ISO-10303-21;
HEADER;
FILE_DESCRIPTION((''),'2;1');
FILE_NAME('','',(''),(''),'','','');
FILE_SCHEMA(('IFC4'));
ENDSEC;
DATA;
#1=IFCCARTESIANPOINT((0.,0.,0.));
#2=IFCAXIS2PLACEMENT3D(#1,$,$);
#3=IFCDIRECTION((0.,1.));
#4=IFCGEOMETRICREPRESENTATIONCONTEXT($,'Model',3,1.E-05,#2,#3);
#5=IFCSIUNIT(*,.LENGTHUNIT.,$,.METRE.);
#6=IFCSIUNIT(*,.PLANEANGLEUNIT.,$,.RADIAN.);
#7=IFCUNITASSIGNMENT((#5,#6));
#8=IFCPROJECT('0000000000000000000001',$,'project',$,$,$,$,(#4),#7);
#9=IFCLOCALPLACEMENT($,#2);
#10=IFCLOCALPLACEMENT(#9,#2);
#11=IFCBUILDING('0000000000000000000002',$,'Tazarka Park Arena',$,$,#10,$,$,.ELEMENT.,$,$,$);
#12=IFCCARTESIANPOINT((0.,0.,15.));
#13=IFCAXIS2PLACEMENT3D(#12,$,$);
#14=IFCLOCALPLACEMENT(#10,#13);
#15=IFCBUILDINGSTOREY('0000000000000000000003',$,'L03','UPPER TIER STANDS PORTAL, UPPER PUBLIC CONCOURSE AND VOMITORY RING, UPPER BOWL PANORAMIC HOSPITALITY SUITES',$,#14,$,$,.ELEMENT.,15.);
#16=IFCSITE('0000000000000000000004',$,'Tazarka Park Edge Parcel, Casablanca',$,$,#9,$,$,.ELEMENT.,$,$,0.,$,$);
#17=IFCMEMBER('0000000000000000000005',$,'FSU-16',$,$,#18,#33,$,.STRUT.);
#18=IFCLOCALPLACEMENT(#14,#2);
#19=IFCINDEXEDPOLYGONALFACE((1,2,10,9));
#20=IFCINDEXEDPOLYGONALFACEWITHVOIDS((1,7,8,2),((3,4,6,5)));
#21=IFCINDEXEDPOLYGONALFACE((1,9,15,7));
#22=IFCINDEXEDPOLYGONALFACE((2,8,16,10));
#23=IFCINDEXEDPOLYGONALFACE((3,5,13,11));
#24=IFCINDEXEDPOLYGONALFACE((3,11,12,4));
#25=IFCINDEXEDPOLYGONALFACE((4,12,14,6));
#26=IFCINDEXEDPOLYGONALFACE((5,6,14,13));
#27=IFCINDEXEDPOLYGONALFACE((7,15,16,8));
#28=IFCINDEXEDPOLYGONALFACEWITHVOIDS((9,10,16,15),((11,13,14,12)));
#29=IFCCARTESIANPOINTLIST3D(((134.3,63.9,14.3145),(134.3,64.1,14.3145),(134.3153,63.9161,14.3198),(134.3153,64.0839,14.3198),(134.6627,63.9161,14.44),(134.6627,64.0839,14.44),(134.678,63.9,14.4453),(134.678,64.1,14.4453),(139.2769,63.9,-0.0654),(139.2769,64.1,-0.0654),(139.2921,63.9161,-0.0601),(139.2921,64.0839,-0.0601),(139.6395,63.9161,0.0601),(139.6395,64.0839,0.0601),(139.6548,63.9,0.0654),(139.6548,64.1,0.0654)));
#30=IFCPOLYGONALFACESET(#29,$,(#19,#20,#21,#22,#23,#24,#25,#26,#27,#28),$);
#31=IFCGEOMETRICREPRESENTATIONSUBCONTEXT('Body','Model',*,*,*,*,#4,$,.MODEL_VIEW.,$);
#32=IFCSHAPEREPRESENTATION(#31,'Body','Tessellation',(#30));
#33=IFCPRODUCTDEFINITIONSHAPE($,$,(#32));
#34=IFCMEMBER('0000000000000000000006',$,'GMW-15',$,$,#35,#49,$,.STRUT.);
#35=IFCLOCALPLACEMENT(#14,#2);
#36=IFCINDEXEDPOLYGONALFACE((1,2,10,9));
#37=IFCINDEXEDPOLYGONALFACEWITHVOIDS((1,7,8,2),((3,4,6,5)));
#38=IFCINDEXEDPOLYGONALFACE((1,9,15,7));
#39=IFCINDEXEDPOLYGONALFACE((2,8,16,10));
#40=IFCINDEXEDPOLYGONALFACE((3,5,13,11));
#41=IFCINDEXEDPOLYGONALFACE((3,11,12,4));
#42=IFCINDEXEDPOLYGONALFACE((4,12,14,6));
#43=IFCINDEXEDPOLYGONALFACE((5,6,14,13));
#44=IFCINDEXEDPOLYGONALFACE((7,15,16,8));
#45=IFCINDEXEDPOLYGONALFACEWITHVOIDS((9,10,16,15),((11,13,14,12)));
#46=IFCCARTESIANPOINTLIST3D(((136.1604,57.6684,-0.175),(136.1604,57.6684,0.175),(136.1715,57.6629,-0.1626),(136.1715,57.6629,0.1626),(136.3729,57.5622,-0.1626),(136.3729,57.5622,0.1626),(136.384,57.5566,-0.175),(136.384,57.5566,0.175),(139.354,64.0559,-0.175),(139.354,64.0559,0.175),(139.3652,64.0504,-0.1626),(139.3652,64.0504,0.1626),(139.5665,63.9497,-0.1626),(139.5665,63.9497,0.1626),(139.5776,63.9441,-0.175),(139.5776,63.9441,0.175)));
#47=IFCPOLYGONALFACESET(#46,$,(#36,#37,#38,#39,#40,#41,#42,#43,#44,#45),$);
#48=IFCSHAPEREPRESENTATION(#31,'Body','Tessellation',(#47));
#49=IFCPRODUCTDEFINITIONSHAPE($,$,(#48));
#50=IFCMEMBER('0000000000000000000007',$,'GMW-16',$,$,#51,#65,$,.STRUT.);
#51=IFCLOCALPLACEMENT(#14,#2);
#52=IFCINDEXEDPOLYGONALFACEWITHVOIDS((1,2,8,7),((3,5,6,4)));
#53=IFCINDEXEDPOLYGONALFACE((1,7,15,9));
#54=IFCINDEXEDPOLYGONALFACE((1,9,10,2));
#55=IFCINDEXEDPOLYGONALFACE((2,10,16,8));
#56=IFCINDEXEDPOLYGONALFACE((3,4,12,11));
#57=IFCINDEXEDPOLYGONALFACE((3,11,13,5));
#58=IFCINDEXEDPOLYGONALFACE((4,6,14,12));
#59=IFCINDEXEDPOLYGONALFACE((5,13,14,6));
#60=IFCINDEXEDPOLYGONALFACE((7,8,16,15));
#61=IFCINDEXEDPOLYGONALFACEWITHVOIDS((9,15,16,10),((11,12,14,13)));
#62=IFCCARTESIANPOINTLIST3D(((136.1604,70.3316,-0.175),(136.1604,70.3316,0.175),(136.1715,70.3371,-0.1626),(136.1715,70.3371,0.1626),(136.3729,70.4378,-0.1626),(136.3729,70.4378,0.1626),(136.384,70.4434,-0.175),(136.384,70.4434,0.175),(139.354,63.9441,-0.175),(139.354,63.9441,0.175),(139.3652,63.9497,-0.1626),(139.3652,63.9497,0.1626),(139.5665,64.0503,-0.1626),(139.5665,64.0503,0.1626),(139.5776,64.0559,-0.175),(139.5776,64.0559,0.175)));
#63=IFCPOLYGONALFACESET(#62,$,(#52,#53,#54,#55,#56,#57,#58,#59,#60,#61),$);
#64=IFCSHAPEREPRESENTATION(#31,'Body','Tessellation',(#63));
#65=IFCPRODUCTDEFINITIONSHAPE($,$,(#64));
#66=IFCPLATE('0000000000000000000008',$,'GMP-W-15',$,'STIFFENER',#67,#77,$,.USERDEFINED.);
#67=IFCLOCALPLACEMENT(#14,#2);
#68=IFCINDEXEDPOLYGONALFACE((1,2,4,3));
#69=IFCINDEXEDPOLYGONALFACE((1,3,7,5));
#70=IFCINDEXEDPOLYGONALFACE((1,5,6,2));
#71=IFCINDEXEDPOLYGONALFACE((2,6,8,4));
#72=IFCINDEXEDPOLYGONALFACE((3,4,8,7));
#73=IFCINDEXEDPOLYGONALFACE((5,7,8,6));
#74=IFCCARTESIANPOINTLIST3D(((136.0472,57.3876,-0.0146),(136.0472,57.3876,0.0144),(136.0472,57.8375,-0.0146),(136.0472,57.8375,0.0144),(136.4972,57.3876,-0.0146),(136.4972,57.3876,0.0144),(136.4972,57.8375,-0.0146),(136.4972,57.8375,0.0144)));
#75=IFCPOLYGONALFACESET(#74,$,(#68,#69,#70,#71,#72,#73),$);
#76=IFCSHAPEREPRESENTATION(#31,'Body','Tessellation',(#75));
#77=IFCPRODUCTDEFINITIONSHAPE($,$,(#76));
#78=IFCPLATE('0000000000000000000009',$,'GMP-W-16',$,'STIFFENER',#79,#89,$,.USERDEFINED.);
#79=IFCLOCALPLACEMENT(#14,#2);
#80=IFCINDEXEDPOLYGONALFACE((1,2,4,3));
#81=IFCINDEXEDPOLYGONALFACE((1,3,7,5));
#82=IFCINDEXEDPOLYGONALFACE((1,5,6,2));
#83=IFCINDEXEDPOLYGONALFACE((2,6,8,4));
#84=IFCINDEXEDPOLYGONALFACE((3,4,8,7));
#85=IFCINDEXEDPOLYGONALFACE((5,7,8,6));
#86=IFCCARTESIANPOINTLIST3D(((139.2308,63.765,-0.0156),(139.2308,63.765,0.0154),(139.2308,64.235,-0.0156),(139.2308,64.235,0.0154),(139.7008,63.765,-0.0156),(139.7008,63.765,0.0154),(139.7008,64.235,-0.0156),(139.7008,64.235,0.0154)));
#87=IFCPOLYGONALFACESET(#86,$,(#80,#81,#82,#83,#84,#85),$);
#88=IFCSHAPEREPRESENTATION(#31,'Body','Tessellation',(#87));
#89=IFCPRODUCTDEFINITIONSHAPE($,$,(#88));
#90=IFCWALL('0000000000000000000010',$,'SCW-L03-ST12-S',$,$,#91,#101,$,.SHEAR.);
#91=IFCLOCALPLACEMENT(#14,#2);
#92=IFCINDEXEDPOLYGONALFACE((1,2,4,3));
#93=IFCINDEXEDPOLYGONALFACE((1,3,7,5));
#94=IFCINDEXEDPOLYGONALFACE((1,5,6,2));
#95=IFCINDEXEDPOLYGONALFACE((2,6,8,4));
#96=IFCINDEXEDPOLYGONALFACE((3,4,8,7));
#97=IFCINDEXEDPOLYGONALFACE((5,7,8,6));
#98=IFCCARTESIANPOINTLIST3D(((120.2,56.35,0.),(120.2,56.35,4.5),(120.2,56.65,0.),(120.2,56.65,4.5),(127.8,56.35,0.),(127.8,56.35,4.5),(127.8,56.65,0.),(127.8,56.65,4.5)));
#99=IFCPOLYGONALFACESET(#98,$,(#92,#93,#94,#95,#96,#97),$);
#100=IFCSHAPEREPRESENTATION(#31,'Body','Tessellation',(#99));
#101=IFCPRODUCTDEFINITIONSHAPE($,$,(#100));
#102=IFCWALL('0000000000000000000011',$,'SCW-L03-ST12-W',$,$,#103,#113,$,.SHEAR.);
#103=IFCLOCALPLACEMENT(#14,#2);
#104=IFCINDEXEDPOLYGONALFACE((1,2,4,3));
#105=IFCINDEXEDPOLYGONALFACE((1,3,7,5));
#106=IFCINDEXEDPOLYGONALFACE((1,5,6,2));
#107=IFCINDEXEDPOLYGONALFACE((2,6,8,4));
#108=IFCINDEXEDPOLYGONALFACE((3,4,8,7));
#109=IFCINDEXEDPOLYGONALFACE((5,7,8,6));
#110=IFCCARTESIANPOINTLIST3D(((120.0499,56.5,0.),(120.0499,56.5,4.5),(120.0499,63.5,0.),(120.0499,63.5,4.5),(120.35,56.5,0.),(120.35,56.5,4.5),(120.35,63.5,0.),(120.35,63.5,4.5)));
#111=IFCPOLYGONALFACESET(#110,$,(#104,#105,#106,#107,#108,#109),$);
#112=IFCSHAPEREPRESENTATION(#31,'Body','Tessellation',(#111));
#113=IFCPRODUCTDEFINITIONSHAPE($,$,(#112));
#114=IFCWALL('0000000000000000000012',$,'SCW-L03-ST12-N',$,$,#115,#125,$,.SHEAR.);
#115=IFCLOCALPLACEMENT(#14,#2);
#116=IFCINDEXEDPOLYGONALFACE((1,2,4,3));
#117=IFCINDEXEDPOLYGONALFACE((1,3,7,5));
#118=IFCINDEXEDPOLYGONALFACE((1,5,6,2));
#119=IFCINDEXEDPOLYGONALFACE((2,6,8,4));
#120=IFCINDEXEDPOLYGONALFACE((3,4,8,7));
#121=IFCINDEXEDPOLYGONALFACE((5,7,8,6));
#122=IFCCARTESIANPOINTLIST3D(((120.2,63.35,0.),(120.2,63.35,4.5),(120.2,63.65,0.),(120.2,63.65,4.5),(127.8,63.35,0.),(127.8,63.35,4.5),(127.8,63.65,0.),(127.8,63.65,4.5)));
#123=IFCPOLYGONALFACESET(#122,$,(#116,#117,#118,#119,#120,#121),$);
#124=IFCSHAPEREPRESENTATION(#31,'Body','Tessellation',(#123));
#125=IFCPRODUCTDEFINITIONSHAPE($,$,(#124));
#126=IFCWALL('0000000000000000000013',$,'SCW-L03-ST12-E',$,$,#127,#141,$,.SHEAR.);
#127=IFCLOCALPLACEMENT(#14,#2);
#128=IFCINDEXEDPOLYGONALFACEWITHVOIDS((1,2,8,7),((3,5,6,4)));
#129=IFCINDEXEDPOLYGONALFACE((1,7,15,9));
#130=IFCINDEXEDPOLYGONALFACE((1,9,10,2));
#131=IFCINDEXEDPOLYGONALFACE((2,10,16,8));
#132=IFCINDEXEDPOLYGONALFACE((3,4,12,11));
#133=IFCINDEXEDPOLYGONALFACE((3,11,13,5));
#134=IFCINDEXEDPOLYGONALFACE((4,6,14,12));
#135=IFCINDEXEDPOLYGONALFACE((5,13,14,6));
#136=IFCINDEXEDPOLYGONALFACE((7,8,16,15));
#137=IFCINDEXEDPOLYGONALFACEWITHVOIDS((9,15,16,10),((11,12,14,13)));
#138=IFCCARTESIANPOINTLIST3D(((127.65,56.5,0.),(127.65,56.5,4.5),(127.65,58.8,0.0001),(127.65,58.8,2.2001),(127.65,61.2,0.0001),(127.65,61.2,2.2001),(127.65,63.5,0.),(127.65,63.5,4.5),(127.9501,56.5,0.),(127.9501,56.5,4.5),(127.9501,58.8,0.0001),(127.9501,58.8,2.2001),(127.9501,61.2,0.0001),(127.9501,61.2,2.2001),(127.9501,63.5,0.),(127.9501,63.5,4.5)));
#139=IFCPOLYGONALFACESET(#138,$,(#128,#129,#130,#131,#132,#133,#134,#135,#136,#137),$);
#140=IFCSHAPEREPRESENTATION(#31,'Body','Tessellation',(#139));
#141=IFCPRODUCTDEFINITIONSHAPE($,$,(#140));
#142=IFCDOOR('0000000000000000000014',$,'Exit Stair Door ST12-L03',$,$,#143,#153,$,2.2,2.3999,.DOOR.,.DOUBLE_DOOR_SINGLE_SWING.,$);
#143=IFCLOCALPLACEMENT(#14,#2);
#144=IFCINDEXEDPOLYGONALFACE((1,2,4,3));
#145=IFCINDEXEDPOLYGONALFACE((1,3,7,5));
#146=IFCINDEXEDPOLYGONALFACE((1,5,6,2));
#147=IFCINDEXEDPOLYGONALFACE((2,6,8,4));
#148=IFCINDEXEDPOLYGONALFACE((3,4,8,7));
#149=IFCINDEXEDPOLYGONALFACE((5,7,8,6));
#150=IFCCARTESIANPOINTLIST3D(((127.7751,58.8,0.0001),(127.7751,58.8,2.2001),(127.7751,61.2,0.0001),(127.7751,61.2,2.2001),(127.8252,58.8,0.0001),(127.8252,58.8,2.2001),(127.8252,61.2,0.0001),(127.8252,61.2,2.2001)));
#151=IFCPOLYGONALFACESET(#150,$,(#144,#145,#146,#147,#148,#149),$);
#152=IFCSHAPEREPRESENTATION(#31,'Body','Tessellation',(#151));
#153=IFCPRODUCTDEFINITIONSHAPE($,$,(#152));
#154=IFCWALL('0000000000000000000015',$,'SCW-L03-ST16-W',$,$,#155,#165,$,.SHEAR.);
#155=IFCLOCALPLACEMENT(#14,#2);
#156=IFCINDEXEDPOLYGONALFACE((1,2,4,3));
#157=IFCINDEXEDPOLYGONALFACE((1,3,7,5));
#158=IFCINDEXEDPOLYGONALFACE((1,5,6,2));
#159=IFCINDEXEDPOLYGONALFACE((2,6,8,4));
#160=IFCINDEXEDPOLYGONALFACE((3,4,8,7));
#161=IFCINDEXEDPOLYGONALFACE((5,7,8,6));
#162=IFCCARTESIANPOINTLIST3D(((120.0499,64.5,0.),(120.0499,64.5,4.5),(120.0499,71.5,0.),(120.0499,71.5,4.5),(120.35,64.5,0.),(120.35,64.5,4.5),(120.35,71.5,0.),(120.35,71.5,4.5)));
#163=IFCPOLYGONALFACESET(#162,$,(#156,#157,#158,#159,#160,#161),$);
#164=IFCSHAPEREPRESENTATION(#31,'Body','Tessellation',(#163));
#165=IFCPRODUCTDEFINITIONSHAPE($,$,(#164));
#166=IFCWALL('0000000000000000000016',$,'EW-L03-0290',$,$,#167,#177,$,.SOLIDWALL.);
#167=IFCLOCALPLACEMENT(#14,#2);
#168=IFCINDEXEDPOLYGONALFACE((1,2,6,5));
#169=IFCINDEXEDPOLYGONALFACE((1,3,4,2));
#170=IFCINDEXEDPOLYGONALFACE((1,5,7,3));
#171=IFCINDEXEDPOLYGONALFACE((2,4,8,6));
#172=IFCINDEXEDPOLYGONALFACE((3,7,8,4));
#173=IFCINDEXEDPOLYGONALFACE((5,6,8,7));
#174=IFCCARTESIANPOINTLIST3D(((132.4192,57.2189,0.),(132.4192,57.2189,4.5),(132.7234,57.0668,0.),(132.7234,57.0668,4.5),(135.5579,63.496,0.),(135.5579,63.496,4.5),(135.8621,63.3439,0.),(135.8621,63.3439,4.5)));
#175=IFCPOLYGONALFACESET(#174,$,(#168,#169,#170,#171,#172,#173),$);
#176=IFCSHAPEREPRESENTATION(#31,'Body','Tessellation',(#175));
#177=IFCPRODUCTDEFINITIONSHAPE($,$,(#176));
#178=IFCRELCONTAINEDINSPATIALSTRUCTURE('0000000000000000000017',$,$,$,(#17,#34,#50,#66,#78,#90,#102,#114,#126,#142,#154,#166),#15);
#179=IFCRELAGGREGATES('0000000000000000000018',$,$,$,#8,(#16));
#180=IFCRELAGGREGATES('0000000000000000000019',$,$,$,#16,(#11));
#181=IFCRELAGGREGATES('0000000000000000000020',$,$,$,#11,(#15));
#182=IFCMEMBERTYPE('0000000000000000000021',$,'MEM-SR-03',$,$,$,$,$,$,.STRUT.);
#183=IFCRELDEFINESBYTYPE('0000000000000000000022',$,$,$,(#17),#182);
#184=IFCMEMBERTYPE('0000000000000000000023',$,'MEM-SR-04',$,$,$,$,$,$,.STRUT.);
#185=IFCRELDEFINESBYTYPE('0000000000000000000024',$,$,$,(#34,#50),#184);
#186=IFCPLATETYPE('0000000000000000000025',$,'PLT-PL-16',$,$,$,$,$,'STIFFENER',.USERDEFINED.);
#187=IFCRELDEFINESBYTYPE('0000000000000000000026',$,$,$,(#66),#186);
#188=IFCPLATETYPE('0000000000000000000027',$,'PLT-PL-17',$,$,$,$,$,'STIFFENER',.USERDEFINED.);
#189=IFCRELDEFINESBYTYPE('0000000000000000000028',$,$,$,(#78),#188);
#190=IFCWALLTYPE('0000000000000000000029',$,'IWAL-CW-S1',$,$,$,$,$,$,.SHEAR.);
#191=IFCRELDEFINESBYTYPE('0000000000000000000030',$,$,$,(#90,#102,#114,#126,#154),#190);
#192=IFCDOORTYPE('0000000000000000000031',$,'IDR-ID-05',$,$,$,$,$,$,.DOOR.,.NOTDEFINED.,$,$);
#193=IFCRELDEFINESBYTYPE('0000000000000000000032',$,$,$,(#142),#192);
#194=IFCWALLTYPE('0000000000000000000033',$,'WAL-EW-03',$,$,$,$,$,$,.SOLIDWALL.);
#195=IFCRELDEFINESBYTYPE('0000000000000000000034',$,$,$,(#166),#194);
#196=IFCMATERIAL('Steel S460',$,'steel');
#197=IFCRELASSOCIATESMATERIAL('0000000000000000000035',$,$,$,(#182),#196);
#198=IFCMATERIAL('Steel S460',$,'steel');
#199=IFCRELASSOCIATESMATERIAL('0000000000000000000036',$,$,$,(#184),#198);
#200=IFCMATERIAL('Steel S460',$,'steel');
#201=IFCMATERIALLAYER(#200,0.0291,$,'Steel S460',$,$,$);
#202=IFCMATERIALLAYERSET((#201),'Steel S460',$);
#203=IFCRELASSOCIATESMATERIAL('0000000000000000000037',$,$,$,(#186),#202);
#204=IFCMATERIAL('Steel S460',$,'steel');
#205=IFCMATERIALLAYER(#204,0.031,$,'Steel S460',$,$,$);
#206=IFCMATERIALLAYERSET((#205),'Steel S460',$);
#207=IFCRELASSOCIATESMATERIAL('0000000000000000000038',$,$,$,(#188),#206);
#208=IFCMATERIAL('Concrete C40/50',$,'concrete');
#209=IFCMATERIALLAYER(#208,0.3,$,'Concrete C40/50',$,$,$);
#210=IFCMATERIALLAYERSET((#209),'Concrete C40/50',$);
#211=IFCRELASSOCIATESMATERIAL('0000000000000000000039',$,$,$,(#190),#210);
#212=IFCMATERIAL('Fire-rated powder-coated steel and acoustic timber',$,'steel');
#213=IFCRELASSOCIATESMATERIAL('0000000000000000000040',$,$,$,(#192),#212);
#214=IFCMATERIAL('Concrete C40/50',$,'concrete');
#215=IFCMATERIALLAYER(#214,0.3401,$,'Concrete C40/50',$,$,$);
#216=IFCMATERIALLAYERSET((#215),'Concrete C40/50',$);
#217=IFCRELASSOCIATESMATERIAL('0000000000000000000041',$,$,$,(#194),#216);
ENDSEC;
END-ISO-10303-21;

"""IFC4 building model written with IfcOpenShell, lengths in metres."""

from ifc_helpers import new_model, si_unit, direction, frame, frame_2d, origin, origin_2d, place, context, subcontext, project, spatial, rectangle, hollow_rectangle, extrude, material, layer, layer_set, material_profile, profile_set, type_object, element, fill, save


model = new_model("IFC4")

# Units and contexts
model_context = context("Model", 3, precision=1e-05, world=origin(), true_north=direction((0.0, 1.0)))
body_context = subcontext(model_context, "Body", "Model", "MODEL_VIEW")
ifc_project = project(units=[si_unit("LENGTHUNIT", "METRE"), si_unit("PLANEANGLEUNIT", "RADIAN")], contexts=[model_context])

# Site, building, storey
site_placement = place(None, origin())
site = spatial("IfcSite", under=ifc_project, at=site_placement, Name="Tazarka Park Edge Parcel, Casablanca", CompositionType="ELEMENT", RefElevation=0.0)
building_placement = place(site_placement, origin())
building = spatial("IfcBuilding", under=site, at=building_placement, Name="Tazarka Park Arena", CompositionType="ELEMENT")
storey_placement = place(building_placement, frame((0.0, 0.0, 15.0)))
storey = spatial("IfcBuildingStorey", under=building, at=storey_placement, Name="L03", Description="UPPER TIER STANDS PORTAL, UPPER PUBLIC CONCOURSE AND VOMITORY RING, UPPER BOWL PANORAMIC HOSPITALITY SUITES", CompositionType="ELEMENT", Elevation=15.0)

# Members
ifc_material_1 = material(Name="Steel S460", Category="steel")
ifc_material_profile_1 = material_profile(ifc_material_1, hollow_rectangle(XDim=0.2, YDim=0.3999, WallThickness=0.0161, at=origin_2d()), Name="Steel S460")
ifc_profile_set_1 = profile_set([ifc_material_profile_1], Name="Steel S460")
member_type_1 = type_object("IfcMemberType", Name="MEM-SR-03", PredefinedType="STRUT", material=ifc_profile_set_1)
member_1_placement = place(storey_placement, frame((139.4658, 64.0, 0.0), z_axis=(-0.327061, 0.0, 0.945003), x_axis=(0.0, -1.0, 0.0)))
element("IfcMember", 1, at=member_1_placement, inside=storey, type_object=member_type_1, Name="FSU-16", PredefinedType="STRUT", context=body_context, shape_type="SweptSolid", body=[
    extrude(hollow_rectangle(XDim=0.2, YDim=0.3999, WallThickness=0.0161, at=origin_2d()), origin(), (0.0, 0.0, 1.0), 15.2168),
])
ifc_material_2 = material(Name="Steel S460", Category="steel")
ifc_material_profile_2 = material_profile(ifc_material_2, hollow_rectangle(XDim=0.25, YDim=0.3501, WallThickness=0.0125, at=origin_2d()), Name="Steel S460")
ifc_profile_set_2 = profile_set([ifc_material_profile_2], Name="Steel S460")
member_type_2 = type_object("IfcMemberType", Name="MEM-SR-04", PredefinedType="STRUT", material=ifc_profile_set_2)
for number, where, z_axis, x_axis, name in (
    (2, (136.2722, 57.6125, 0.0), (0.4472, 0.894434, 0.0), (-0.894434, 0.4472, 0.0), "GMW-15"),
    (3, (139.4658, 64.0, 0.0), (-0.4472, 0.894434, 0.0), (-0.894434, -0.4472, 0.0), "GMW-16"),
):
    element("IfcMember", number, at=place(storey_placement, frame(where, z_axis=z_axis, x_axis=x_axis)), inside=storey, type_object=member_type_2, Name=name, PredefinedType="STRUT", context=body_context, shape_type="SweptSolid", body=[
        extrude(hollow_rectangle(XDim=0.25, YDim=0.3501, WallThickness=0.0125, at=origin_2d()), origin(), (0.0, 0.0, 1.0), 7.1414),
    ])

# Plates
ifc_material_3 = material(Name="Steel S460", Category="steel")
ifc_layer_1 = layer(ifc_material_3, 0.0291, Name="Steel S460")
ifc_layer_set_1 = layer_set([ifc_layer_1], Name="Steel S460")
plate_type_1 = type_object("IfcPlateType", Name="PLT-PL-16", ElementType="STIFFENER", PredefinedType="USERDEFINED", material=ifc_layer_set_1)
plate_1_placement = place(storey_placement, frame((136.2722, 57.6125, -0.0146), z_axis=(0.0, 0.0, 1.0), x_axis=(1.0, 0.0, 0.0)))
element("IfcPlate", 4, at=plate_1_placement, inside=storey, type_object=plate_type_1, Name="GMP-W-15", ObjectType="STIFFENER", PredefinedType="USERDEFINED", context=body_context, shape_type="SweptSolid", body=[
    extrude(rectangle(XDim=0.45, YDim=0.45, at=origin_2d()), origin(), (0.0, 0.0, 1.0), 0.0291),
])
ifc_material_4 = material(Name="Steel S460", Category="steel")
ifc_layer_2 = layer(ifc_material_4, 0.031, Name="Steel S460")
ifc_layer_set_2 = layer_set([ifc_layer_2], Name="Steel S460")
plate_type_2 = type_object("IfcPlateType", Name="PLT-PL-17", ElementType="STIFFENER", PredefinedType="USERDEFINED", material=ifc_layer_set_2)
plate_2_placement = place(storey_placement, frame((139.4658, 64.0, -0.0156), z_axis=(0.0, 0.0, 1.0), x_axis=(1.0, 0.0, 0.0)))
element("IfcPlate", 5, at=plate_2_placement, inside=storey, type_object=plate_type_2, Name="GMP-W-16", ObjectType="STIFFENER", PredefinedType="USERDEFINED", context=body_context, shape_type="SweptSolid", body=[
    extrude(rectangle(XDim=0.47, YDim=0.47, at=origin_2d()), origin(), (0.0, 0.0, 1.0), 0.031),
])

# Walls
ifc_material_5 = material(Name="Concrete C40/50", Category="concrete")
ifc_layer_3 = layer(ifc_material_5, 0.3, Name="Concrete C40/50")
ifc_layer_set_3 = layer_set([ifc_layer_3], Name="Concrete C40/50")
wall_type_1 = type_object("IfcWallType", Name="IWAL-CW-S1", PredefinedType="SHEAR", material=ifc_layer_set_3)
wall_1_placement = place(storey_placement, frame((127.8, 56.5, 0.0), z_axis=(0.0, 0.0, 1.0), x_axis=(-1.0, 0.0, 0.0)))
element("IfcWall", 6, at=wall_1_placement, inside=storey, type_object=wall_type_1, Name="SCW-L03-ST12-S", PredefinedType="SHEAR", context=body_context, shape_type="SweptSolid", body=[
    extrude(rectangle(XDim=7.6001, YDim=0.3, at=frame_2d((3.8, 0.0))), origin(), (0.0, 0.0, 1.0), 4.5),
])
wall_2_placement = place(storey_placement, frame((120.2, 56.5, 0.0), z_axis=(0.0, 0.0, 1.0), x_axis=(0.0, 1.0, 0.0)))
element("IfcWall", 7, at=wall_2_placement, inside=storey, type_object=wall_type_1, Name="SCW-L03-ST12-W", PredefinedType="SHEAR", context=body_context, shape_type="SweptSolid", body=[
    extrude(rectangle(XDim=7.0, YDim=0.3, at=frame_2d((3.5, 0.0))), origin(), (0.0, 0.0, 1.0), 4.5),
])
wall_3_placement = place(storey_placement, frame((120.2, 63.5, 0.0), z_axis=(0.0, 0.0, 1.0), x_axis=(1.0, 0.0, 0.0)))
element("IfcWall", 8, at=wall_3_placement, inside=storey, type_object=wall_type_1, Name="SCW-L03-ST12-N", PredefinedType="SHEAR", context=body_context, shape_type="SweptSolid", body=[
    extrude(rectangle(XDim=7.6001, YDim=0.3, at=frame_2d((3.8, 0.0))), origin(), (0.0, 0.0, 1.0), 4.5),
])

# Wall, opening, door
wall_4_placement = place(storey_placement, frame((127.8, 63.5, 0.0), z_axis=(0.0, 0.0, 1.0), x_axis=(0.0, -1.0, 0.0)))
wall_4 = element("IfcWall", 9, at=wall_4_placement, inside=storey, type_object=wall_type_1, Name="SCW-L03-ST12-E", PredefinedType="SHEAR", context=body_context, shape_type="SweptSolid", body=[
    extrude(rectangle(XDim=7.0, YDim=0.3, at=frame_2d((3.5, 0.0))), origin(), (0.0, 0.0, 1.0), 4.5),
])
opening_placement = place(wall_4_placement, frame((2.3, 0.0, 0.0)))
opening = element("IfcOpeningElement", 10, at=opening_placement, cuts=wall_4, PredefinedType="OPENING", context=body_context, shape_type="SweptSolid", body=[
    extrude(rectangle(XDim=2.3999, YDim=2.2, at=frame_2d((1.2, 1.1001))), frame((0.0, 0.1602, 0.0), z_axis=(0.0, -1.0, 0.0), x_axis=(1.0, 0.0, 0.0)), (0.0, 0.0, 1.0), 0.3201),
])
ifc_material_6 = material(Name="Fire-rated powder-coated steel and acoustic timber", Category="steel")
door_type = type_object("IfcDoorType", Name="IDR-ID-05", OperationType="NOTDEFINED", PredefinedType="DOOR", material=ifc_material_6)
door_placement = place(opening_placement, frame((2.3999, 0.0, 0.0), z_axis=(0.0, 0.0, 1.0), x_axis=(-1.0, 0.0, 0.0)))
door = element("IfcDoor", 11, at=door_placement, inside=storey, type_object=door_type, Name="Exit Stair Door ST12-L03", OperationType="DOUBLE_DOOR_SINGLE_SWING", OverallHeight=2.2, OverallWidth=2.3999, PredefinedType="DOOR", context=body_context, shape_type="SweptSolid", body=[
    extrude(rectangle(XDim=2.3999, YDim=2.2, at=frame_2d((1.2, 1.1001))), frame((0.0, 0.0249, 0.0), z_axis=(0.0, -1.0, 0.0), x_axis=(1.0, 0.0, 0.0)), (0.0, 0.0, 1.0), 0.05),
])
fill(opening, door)

# Walls
wall_5_placement = place(storey_placement, frame((120.2, 64.5, 0.0), z_axis=(0.0, 0.0, 1.0), x_axis=(0.0, 1.0, 0.0)))
element("IfcWall", 12, at=wall_5_placement, inside=storey, type_object=wall_type_1, Name="SCW-L03-ST16-W", PredefinedType="SHEAR", context=body_context, shape_type="SweptSolid", body=[
    extrude(rectangle(XDim=7.0, YDim=0.3, at=frame_2d((3.5, 0.0))), origin(), (0.0, 0.0, 1.0), 4.5),
])
ifc_material_7 = material(Name="Concrete C40/50", Category="concrete")
ifc_layer_4 = layer(ifc_material_7, 0.3401, Name="Concrete C40/50")
ifc_layer_set_4 = layer_set([ifc_layer_4], Name="Concrete C40/50")
wall_type_2 = type_object("IfcWallType", Name="WAL-EW-03", PredefinedType="SOLIDWALL", material=ifc_layer_set_4)
wall_6_placement = place(storey_placement, frame((135.71, 63.4199, 0.0), z_axis=(0.0, 0.0, 1.0), x_axis=(-0.447228, -0.89442, 0.0)))
element("IfcWall", 13, at=wall_6_placement, inside=storey, type_object=wall_type_2, Name="EW-L03-0290", PredefinedType="SOLIDWALL", context=body_context, shape_type="SweptSolid", body=[
    extrude(rectangle(XDim=7.0181, YDim=0.3401, at=frame_2d((3.509, 0.0))), origin(), (0.0, 0.0, 1.0), 4.5),
])

save(model, "model.ifc")
